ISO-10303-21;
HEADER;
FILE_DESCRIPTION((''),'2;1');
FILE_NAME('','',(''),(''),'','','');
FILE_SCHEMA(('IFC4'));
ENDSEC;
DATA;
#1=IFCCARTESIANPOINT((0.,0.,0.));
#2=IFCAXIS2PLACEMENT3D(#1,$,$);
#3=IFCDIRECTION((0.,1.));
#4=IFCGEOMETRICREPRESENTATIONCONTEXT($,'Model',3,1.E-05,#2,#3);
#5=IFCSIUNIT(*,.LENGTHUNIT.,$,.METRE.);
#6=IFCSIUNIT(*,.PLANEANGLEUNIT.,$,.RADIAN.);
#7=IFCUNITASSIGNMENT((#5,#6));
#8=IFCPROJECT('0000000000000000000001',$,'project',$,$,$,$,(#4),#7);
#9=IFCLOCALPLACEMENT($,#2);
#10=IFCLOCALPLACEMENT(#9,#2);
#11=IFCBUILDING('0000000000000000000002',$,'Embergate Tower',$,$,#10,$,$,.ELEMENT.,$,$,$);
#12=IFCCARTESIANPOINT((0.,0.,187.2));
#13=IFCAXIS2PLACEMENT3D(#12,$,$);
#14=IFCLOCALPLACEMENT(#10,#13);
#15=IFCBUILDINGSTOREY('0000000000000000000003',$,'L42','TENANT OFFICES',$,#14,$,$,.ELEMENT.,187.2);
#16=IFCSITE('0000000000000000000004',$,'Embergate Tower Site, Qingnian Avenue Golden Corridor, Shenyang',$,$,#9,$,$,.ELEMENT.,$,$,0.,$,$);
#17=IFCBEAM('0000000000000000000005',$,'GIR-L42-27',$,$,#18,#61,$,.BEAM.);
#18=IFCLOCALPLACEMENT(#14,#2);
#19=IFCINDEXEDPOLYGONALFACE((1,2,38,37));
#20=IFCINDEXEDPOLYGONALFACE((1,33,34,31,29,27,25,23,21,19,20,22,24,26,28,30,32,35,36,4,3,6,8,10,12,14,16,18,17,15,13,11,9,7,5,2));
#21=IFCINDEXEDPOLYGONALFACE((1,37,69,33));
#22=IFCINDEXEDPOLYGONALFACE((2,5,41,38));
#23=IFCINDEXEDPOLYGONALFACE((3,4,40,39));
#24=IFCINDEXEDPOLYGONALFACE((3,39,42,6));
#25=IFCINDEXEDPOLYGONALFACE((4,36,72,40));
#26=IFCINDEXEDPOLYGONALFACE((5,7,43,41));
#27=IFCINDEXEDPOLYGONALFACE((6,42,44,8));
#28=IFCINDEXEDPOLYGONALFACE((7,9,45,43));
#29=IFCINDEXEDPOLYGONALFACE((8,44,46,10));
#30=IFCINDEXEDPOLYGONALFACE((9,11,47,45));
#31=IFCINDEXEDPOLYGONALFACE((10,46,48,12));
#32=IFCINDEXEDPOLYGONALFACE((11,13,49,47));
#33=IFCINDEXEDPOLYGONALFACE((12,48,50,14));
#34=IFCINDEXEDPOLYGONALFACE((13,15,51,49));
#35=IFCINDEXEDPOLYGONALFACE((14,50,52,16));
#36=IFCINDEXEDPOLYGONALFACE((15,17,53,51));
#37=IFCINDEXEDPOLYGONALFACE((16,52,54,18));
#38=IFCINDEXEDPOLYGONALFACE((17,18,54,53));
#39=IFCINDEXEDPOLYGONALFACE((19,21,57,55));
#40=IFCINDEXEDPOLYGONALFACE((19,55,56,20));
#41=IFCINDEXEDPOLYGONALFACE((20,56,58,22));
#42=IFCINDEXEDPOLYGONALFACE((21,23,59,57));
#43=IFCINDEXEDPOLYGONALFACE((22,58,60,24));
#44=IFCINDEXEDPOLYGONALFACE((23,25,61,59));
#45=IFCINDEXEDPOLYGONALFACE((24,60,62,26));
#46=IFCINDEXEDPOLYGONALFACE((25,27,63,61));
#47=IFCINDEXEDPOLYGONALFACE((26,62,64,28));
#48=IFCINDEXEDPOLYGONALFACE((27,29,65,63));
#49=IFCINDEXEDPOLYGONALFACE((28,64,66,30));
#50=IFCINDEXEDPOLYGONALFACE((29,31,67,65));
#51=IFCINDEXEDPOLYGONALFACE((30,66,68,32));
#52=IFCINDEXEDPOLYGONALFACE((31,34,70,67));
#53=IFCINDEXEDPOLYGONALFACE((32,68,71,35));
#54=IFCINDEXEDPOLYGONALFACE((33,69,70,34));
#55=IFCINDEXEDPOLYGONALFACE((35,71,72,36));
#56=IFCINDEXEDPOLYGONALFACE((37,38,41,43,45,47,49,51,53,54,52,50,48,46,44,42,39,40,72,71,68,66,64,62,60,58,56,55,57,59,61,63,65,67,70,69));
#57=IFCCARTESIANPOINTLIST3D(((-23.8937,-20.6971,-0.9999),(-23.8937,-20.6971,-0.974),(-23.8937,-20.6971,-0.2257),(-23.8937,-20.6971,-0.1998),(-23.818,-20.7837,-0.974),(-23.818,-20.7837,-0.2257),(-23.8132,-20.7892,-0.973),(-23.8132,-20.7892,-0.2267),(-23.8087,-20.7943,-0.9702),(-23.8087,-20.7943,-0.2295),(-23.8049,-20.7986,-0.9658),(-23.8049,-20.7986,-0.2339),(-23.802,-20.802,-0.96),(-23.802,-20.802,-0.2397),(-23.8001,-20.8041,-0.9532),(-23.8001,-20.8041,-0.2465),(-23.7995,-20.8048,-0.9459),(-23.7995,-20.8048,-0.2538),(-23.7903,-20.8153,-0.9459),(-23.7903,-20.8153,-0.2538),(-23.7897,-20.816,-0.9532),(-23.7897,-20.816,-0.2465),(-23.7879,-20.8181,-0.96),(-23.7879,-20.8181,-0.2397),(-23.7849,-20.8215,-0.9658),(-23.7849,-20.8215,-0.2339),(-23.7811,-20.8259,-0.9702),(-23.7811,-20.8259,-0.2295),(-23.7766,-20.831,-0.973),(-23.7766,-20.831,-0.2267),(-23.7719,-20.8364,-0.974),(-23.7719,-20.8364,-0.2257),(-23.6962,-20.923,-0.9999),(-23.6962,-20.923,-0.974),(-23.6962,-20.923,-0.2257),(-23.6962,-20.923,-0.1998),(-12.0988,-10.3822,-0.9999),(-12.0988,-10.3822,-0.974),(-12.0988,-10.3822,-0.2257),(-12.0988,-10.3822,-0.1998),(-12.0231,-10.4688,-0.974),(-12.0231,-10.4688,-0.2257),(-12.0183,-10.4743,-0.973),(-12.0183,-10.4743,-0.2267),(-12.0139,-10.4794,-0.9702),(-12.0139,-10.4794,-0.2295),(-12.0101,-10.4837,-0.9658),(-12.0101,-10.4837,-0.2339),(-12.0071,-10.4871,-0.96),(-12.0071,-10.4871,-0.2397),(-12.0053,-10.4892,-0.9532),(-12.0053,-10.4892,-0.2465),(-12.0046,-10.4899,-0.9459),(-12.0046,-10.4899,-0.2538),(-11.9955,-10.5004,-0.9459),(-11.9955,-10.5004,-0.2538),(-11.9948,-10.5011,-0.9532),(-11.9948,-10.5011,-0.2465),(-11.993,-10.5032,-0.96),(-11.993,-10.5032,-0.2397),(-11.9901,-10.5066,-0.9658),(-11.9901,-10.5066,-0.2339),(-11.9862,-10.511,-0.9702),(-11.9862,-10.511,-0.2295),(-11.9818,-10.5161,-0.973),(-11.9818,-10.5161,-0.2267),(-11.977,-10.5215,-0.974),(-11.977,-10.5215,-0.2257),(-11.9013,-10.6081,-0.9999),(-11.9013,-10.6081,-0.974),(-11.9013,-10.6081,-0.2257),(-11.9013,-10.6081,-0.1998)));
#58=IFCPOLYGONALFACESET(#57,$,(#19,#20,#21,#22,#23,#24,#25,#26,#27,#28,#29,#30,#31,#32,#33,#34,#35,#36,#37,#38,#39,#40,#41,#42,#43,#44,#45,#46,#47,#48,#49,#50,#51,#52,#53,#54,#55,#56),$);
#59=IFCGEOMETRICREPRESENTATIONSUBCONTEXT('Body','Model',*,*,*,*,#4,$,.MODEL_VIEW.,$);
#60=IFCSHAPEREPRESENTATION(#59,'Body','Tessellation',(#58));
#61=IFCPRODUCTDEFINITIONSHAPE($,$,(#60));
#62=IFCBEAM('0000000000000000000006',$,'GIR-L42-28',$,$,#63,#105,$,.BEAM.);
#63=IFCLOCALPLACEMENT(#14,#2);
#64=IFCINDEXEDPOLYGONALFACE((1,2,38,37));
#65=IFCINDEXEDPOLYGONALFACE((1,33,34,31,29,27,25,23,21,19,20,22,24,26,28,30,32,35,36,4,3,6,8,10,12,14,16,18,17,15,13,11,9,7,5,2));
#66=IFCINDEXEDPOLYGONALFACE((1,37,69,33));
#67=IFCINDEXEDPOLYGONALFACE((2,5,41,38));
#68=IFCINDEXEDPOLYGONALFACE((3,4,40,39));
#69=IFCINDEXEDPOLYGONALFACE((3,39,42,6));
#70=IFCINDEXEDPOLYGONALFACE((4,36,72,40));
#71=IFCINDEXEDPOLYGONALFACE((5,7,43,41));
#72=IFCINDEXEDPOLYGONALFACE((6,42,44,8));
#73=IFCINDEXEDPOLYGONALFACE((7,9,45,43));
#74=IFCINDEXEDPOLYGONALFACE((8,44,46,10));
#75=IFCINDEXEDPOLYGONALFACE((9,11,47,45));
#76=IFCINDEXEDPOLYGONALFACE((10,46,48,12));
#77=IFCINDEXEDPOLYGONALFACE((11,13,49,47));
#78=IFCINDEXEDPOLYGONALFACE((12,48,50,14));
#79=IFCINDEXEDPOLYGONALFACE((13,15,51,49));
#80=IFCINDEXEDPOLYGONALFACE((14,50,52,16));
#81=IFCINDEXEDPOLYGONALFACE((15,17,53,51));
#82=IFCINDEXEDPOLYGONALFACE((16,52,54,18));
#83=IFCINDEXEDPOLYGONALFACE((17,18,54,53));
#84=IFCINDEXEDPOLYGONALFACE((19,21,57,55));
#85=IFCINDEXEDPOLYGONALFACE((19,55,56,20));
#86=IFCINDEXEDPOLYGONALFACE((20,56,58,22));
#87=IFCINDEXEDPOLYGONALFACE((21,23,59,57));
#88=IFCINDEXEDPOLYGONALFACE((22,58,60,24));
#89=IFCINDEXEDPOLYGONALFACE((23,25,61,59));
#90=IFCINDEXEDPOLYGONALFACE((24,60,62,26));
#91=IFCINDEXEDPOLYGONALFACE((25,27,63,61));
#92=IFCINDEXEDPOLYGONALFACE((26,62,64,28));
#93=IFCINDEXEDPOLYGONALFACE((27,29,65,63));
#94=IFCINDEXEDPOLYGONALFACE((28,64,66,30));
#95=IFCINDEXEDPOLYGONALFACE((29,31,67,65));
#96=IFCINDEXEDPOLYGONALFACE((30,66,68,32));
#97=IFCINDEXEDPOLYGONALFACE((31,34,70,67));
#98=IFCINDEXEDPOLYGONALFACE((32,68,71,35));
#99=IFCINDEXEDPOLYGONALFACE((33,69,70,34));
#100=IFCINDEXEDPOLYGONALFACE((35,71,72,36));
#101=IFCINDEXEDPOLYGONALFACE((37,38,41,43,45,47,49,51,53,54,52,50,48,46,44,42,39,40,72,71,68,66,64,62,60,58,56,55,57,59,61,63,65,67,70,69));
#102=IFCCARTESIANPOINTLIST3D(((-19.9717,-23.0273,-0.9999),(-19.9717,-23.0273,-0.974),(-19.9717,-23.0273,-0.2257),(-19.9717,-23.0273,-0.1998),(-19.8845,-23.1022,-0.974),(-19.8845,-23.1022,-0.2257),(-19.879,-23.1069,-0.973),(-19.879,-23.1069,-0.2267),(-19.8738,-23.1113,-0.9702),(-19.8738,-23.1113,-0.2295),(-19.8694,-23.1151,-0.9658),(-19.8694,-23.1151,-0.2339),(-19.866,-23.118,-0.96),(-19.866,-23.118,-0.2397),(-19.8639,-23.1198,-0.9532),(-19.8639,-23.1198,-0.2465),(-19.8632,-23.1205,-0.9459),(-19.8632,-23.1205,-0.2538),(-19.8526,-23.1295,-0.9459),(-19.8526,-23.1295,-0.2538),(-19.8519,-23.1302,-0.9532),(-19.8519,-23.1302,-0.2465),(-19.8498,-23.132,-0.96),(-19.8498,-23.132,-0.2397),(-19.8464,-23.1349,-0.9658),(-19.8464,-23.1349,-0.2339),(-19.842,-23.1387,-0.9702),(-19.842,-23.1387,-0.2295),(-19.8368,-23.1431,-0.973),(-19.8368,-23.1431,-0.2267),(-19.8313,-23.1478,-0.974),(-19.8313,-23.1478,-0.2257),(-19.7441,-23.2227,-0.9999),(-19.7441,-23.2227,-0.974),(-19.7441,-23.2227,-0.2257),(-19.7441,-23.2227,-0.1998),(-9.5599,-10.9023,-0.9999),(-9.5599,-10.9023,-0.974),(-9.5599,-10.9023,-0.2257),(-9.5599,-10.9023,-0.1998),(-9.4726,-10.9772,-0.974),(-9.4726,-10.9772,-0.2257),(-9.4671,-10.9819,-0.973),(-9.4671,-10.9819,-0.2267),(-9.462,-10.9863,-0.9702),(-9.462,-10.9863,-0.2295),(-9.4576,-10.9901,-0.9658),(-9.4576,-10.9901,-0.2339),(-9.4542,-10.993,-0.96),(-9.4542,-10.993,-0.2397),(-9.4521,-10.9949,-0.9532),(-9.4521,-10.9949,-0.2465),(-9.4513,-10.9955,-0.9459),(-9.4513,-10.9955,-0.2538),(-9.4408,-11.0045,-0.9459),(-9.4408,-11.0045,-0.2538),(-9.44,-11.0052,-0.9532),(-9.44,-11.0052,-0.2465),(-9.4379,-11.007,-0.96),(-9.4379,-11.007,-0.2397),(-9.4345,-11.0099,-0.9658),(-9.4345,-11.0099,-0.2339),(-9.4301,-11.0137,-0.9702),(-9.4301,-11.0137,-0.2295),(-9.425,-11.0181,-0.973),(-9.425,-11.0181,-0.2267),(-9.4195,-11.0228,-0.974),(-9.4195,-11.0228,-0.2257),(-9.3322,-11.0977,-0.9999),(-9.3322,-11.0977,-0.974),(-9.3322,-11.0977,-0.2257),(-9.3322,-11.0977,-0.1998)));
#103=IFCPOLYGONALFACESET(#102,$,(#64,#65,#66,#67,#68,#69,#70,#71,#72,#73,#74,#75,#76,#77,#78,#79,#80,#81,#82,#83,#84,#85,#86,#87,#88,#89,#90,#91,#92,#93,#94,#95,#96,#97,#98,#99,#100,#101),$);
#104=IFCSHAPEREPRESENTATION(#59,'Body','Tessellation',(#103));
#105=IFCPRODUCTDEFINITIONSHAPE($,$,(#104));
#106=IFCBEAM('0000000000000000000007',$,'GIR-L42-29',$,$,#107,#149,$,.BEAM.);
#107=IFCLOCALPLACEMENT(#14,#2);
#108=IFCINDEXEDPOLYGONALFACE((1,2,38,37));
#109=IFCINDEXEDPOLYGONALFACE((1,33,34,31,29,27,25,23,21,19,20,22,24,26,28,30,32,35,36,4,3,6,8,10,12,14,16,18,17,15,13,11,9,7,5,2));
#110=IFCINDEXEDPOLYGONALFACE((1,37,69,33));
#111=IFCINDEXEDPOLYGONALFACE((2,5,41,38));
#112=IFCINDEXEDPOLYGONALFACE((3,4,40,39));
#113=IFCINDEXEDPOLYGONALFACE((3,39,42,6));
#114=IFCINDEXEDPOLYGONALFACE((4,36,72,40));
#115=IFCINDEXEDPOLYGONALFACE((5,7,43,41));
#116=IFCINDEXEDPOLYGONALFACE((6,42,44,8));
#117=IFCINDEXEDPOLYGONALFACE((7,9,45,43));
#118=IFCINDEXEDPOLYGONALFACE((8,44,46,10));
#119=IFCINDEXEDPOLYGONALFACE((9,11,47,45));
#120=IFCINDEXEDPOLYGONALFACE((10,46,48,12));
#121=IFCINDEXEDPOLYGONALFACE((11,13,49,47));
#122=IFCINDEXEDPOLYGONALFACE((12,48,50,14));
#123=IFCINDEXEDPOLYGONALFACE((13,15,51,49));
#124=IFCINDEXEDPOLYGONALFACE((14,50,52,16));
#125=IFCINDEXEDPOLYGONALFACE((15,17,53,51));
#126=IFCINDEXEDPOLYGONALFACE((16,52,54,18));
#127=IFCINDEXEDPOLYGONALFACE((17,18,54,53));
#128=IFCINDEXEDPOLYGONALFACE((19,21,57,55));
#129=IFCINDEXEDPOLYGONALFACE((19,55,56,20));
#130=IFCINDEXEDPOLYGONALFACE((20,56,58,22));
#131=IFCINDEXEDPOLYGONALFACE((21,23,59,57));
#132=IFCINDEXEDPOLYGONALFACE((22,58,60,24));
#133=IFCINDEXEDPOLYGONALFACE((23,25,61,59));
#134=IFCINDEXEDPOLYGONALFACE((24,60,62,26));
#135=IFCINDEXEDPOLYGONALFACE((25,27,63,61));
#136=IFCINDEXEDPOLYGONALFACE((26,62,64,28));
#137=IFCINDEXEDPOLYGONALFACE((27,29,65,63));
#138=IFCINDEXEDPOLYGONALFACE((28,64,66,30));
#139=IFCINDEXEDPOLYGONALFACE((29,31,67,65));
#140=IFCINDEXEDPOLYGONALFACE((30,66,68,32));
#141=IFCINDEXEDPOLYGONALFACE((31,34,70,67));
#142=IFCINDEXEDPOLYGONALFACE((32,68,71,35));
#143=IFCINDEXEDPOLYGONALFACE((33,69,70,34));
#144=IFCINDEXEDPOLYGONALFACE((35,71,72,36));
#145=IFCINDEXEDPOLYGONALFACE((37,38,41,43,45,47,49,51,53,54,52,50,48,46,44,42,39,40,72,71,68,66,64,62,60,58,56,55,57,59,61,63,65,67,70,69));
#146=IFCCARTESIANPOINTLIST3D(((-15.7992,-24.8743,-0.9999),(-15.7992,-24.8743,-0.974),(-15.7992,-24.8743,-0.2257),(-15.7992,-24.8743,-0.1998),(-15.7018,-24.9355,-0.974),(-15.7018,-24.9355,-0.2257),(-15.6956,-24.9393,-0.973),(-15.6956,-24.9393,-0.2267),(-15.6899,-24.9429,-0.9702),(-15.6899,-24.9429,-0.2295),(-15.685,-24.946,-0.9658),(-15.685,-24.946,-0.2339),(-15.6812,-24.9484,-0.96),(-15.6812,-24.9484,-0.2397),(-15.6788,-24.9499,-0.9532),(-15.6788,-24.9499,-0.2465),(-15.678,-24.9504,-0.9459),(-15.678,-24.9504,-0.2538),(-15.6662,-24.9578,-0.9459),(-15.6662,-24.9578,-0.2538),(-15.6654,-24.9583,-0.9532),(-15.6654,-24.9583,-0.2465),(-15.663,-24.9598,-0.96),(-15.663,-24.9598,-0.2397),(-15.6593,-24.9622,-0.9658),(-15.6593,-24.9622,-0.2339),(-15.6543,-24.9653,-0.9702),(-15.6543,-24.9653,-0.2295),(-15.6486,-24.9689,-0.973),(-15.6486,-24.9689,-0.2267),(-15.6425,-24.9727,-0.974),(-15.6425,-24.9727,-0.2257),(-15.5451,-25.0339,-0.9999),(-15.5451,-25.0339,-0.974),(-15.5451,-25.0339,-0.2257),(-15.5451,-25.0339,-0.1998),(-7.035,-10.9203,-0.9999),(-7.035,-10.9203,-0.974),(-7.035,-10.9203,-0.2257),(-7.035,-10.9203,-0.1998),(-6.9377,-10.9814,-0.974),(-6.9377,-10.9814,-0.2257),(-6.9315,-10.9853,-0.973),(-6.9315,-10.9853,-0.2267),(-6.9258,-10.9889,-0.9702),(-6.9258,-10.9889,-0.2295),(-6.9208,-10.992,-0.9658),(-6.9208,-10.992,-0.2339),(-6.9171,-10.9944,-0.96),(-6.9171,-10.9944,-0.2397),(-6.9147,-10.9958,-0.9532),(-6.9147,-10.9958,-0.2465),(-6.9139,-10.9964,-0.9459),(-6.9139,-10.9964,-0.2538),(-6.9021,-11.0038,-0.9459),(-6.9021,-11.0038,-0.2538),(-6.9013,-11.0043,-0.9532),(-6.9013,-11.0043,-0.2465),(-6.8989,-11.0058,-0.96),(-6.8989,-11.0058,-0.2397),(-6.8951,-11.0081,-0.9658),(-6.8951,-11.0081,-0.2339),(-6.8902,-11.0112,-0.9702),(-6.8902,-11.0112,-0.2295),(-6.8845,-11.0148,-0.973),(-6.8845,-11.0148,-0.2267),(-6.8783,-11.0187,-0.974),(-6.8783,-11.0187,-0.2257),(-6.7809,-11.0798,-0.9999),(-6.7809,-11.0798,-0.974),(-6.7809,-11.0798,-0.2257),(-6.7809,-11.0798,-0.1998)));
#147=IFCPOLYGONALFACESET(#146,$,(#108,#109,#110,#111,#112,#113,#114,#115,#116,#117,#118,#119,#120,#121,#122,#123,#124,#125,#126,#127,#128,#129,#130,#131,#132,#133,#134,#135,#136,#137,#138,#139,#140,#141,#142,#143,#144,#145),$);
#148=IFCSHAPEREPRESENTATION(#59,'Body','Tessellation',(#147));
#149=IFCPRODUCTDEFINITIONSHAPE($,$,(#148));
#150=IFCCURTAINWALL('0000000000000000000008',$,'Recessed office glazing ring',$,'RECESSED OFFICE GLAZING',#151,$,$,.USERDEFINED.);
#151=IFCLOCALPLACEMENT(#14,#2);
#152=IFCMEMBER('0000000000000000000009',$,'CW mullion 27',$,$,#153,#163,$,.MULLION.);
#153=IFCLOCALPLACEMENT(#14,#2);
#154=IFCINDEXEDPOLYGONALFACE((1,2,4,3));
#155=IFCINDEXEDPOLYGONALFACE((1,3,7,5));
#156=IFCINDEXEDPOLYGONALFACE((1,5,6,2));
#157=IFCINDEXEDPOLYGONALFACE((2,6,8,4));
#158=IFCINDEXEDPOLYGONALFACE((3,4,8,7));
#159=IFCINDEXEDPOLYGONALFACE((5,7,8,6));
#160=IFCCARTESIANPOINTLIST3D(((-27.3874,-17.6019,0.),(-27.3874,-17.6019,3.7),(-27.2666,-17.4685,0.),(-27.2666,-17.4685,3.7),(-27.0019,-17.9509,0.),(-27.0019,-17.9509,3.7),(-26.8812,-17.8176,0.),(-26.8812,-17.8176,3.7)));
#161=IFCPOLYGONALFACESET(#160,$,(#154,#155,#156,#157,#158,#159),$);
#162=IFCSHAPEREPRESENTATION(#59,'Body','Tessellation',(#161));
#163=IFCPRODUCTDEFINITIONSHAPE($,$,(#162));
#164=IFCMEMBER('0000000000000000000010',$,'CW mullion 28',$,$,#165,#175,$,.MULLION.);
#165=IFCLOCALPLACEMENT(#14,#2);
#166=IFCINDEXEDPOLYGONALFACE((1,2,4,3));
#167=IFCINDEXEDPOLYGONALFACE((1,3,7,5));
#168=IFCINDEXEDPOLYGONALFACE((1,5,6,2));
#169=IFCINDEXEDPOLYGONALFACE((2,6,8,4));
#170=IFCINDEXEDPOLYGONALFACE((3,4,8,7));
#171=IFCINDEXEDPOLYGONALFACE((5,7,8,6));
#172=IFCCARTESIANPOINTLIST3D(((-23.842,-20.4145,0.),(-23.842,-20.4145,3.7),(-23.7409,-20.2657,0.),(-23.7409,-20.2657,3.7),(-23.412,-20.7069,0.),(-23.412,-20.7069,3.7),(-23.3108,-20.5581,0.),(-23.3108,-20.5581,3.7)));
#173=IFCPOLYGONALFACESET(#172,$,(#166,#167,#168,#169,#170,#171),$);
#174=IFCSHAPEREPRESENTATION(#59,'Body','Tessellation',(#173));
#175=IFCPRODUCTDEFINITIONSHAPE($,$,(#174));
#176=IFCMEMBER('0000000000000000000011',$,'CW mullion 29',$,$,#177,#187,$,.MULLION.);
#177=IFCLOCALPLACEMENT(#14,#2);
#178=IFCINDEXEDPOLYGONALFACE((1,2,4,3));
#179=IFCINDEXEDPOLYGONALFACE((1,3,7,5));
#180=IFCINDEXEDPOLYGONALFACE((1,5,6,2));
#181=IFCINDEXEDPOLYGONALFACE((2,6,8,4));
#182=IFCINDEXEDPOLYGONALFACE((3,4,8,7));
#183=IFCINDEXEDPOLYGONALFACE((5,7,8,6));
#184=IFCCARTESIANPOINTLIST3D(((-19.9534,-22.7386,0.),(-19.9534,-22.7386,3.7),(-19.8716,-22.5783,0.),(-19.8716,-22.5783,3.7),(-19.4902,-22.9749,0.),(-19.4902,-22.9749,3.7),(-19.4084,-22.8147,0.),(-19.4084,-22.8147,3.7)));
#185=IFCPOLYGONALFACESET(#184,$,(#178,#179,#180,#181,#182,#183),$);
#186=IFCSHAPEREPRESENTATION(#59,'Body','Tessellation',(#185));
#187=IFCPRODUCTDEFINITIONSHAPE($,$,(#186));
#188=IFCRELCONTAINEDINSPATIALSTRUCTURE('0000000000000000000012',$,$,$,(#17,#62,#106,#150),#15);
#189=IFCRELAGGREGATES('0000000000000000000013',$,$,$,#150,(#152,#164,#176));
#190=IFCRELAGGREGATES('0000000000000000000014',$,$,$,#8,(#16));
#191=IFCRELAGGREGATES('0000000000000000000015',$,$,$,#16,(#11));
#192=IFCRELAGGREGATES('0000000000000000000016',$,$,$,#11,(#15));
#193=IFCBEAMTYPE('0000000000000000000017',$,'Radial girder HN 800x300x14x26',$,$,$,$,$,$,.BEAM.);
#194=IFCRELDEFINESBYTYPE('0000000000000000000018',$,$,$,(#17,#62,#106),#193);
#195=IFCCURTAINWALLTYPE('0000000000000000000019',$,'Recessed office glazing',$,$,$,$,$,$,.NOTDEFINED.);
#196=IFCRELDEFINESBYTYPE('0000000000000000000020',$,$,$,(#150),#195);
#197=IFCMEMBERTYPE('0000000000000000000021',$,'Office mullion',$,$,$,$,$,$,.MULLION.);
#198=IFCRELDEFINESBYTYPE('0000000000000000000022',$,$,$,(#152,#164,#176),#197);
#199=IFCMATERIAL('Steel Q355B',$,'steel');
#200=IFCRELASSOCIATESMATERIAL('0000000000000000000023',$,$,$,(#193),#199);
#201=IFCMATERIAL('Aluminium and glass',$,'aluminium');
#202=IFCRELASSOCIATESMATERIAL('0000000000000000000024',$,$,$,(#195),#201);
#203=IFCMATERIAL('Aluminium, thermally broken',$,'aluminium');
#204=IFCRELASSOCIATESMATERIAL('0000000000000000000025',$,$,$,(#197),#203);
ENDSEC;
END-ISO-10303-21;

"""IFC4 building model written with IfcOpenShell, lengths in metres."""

from ifc_helpers import new_model, si_unit, direction, frame, origin, origin_2d, place, context, subcontext, project, spatial, rectangle, i_section, extrude, source, transform, mapped, material, material_profile, profile_set, type_object, element, aggregate, save


model = new_model("IFC4")

# Units and contexts
model_context = context("Model", 3, precision=1e-05, world=origin(), true_north=direction((0.0, 1.0)))
body_context = subcontext(model_context, "Body", "Model", "MODEL_VIEW")
ifc_project = project(units=[si_unit("LENGTHUNIT", "METRE"), si_unit("PLANEANGLEUNIT", "RADIAN")], contexts=[model_context])

# Site, building, storey
site_placement = place(None, origin())
site = spatial("IfcSite", under=ifc_project, at=site_placement, Name="Embergate Tower Site, Qingnian Avenue Golden Corridor, Shenyang", CompositionType="ELEMENT", RefElevation=0.0)
building_placement = place(site_placement, origin())
building = spatial("IfcBuilding", under=site, at=building_placement, Name="Embergate Tower", CompositionType="ELEMENT")
storey_placement = place(building_placement, frame((0.0, 0.0, 187.2)))
storey = spatial("IfcBuildingStorey", under=building, at=storey_placement, Name="L42", Description="TENANT OFFICES", CompositionType="ELEMENT", Elevation=187.2)

# Beams
ifc_material_1 = material(Name="Steel Q355B", Category="steel")
ifc_material_profile_1 = material_profile(ifc_material_1, i_section(OverallWidth=0.3, OverallDepth=0.8, WebThickness=0.0139, FlangeThickness=0.0259, FilletRadius=0.0281, at=origin_2d()), Name="HN 800x300x14x26")
ifc_profile_set_1 = profile_set([ifc_material_profile_1], Name="Steel Q355 grade B")
beam_type_1 = type_object("IfcBeamType", Name="Radial girder HN 800x300x14x26", PredefinedType="BEAM", material=ifc_profile_set_1)
shared_shape_1 = source(origin(), body_context, "Body", "SweptSolid", [
    extrude(i_section(OverallWidth=0.3, OverallDepth=0.8, WebThickness=0.0139, FlangeThickness=0.0259, FilletRadius=0.0281, at=origin_2d()), origin(), (0.0, 0.0, 1.0), 15.6689),
])
beam_1_placement = place(storey_placement, frame((-23.7949, -20.8101, -0.5999), z_axis=(0.752754, 0.658302, 0.0), x_axis=(-0.658302, 0.752754, 0.0)))
element("IfcBeam", 1, at=beam_1_placement, inside=storey, type_object=beam_type_1, Name="GIR-L42-27", PredefinedType="BEAM", context=body_context, shape_type="MappedRepresentation", body=[
    mapped(shared_shape_1, transform((0.0, 0.0, 0.0))),
])
shared_shape_2 = source(origin(), body_context, "Body", "SweptSolid", [
    extrude(i_section(OverallWidth=0.3, OverallDepth=0.8, WebThickness=0.0139, FlangeThickness=0.0259, FilletRadius=0.0281, at=origin_2d()), origin(), (0.0, 0.0, 1.0), 15.9819),
])
beam_2_placement = place(storey_placement, frame((-19.8579, -23.125, -0.5999), z_axis=(0.651477, 0.758669, 0.0), x_axis=(-0.758669, 0.651477, 0.0)))
element("IfcBeam", 2, at=beam_2_placement, inside=storey, type_object=beam_type_1, Name="GIR-L42-28", PredefinedType="BEAM", context=body_context, shape_type="MappedRepresentation", body=[
    mapped(shared_shape_2, transform((0.0, 0.0, 0.0))),
])
shared_shape_3 = source(origin(), body_context, "Body", "SweptSolid", [
    extrude(i_section(OverallWidth=0.3, OverallDepth=0.8, WebThickness=0.0139, FlangeThickness=0.0259, FilletRadius=0.0281, at=origin_2d()), origin(), (0.0, 0.0, 1.0), 16.478),
])
beam_3_placement = place(storey_placement, frame((-15.6721, -24.9541, -0.5999), z_axis=(0.531867, 0.846828, 0.0), x_axis=(-0.846828, 0.531867, 0.0)))
element("IfcBeam", 3, at=beam_3_placement, inside=storey, type_object=beam_type_1, Name="GIR-L42-29", PredefinedType="BEAM", context=body_context, shape_type="MappedRepresentation", body=[
    mapped(shared_shape_3, transform((0.0, 0.0, 0.0))),
])

# Curtain wall, members
ifc_material_2 = material(Name="Aluminium and glass", Category="aluminium")
curtain_wall_type = type_object("IfcCurtainWallType", Name="Recessed office glazing", PredefinedType="NOTDEFINED", material=ifc_material_2)
curtain_wall_placement = place(storey_placement, origin())
curtain_wall = element("IfcCurtainWall", 4, at=curtain_wall_placement, inside=storey, type_object=curtain_wall_type, Name="Recessed office glazing ring", ObjectType="RECESSED OFFICE GLAZING", PredefinedType="USERDEFINED")
ifc_material_3 = material(Name="Aluminium, thermally broken", Category="aluminium")
ifc_material_profile_2 = material_profile(ifc_material_3, rectangle(XDim=0.1799, YDim=0.52, at=origin_2d()), Name="AL 520x180")
ifc_profile_set_2 = profile_set([ifc_material_profile_2], Name="Aluminium, thermally broken")
member_type_1 = type_object("IfcMemberType", Name="Office mullion", PredefinedType="MULLION", material=ifc_profile_set_2)
shared_shape_4 = source(origin(), body_context, "Body", "SweptSolid", [
    extrude(rectangle(XDim=0.1799, YDim=0.52, at=origin_2d()), origin(), (0.0, 0.0, 1.0), 3.7),
])
member_1_placement = place(storey_placement, frame((-27.1343, -17.7097, 0.0), z_axis=(0.0, 0.0, 1.0), x_axis=(0.671229, 0.74125, 0.0)))
member_1 = element("IfcMember", 5, at=member_1_placement, type_object=member_type_1, Name="CW mullion 27", PredefinedType="MULLION", context=body_context, shape_type="MappedRepresentation", body=[
    mapped(shared_shape_4, transform((0.0, 0.0, 0.0))),
])
member_2_placement = place(storey_placement, frame((-23.5764, -20.4863, 0.0), z_axis=(0.0, 0.0, 1.0), x_axis=(0.562219, 0.826988, 0.0)))
member_2 = element("IfcMember", 6, at=member_2_placement, type_object=member_type_1, Name="CW mullion 28", PredefinedType="MULLION", context=body_context, shape_type="MappedRepresentation", body=[
    mapped(shared_shape_4, transform((0.0, 0.0, 0.0))),
])
member_3_placement = place(storey_placement, frame((-19.6809, -22.7766, 0.0), z_axis=(0.0, 0.0, 1.0), x_axis=(0.454513, 0.89074, 0.0)))
member_3 = element("IfcMember", 7, at=member_3_placement, type_object=member_type_1, Name="CW mullion 29", PredefinedType="MULLION", context=body_context, shape_type="MappedRepresentation", body=[
    mapped(shared_shape_4, transform((0.0, 0.0, 0.0))),
])
aggregate(curtain_wall, [member_1, member_2, member_3])

save(model, "model.ifc")
